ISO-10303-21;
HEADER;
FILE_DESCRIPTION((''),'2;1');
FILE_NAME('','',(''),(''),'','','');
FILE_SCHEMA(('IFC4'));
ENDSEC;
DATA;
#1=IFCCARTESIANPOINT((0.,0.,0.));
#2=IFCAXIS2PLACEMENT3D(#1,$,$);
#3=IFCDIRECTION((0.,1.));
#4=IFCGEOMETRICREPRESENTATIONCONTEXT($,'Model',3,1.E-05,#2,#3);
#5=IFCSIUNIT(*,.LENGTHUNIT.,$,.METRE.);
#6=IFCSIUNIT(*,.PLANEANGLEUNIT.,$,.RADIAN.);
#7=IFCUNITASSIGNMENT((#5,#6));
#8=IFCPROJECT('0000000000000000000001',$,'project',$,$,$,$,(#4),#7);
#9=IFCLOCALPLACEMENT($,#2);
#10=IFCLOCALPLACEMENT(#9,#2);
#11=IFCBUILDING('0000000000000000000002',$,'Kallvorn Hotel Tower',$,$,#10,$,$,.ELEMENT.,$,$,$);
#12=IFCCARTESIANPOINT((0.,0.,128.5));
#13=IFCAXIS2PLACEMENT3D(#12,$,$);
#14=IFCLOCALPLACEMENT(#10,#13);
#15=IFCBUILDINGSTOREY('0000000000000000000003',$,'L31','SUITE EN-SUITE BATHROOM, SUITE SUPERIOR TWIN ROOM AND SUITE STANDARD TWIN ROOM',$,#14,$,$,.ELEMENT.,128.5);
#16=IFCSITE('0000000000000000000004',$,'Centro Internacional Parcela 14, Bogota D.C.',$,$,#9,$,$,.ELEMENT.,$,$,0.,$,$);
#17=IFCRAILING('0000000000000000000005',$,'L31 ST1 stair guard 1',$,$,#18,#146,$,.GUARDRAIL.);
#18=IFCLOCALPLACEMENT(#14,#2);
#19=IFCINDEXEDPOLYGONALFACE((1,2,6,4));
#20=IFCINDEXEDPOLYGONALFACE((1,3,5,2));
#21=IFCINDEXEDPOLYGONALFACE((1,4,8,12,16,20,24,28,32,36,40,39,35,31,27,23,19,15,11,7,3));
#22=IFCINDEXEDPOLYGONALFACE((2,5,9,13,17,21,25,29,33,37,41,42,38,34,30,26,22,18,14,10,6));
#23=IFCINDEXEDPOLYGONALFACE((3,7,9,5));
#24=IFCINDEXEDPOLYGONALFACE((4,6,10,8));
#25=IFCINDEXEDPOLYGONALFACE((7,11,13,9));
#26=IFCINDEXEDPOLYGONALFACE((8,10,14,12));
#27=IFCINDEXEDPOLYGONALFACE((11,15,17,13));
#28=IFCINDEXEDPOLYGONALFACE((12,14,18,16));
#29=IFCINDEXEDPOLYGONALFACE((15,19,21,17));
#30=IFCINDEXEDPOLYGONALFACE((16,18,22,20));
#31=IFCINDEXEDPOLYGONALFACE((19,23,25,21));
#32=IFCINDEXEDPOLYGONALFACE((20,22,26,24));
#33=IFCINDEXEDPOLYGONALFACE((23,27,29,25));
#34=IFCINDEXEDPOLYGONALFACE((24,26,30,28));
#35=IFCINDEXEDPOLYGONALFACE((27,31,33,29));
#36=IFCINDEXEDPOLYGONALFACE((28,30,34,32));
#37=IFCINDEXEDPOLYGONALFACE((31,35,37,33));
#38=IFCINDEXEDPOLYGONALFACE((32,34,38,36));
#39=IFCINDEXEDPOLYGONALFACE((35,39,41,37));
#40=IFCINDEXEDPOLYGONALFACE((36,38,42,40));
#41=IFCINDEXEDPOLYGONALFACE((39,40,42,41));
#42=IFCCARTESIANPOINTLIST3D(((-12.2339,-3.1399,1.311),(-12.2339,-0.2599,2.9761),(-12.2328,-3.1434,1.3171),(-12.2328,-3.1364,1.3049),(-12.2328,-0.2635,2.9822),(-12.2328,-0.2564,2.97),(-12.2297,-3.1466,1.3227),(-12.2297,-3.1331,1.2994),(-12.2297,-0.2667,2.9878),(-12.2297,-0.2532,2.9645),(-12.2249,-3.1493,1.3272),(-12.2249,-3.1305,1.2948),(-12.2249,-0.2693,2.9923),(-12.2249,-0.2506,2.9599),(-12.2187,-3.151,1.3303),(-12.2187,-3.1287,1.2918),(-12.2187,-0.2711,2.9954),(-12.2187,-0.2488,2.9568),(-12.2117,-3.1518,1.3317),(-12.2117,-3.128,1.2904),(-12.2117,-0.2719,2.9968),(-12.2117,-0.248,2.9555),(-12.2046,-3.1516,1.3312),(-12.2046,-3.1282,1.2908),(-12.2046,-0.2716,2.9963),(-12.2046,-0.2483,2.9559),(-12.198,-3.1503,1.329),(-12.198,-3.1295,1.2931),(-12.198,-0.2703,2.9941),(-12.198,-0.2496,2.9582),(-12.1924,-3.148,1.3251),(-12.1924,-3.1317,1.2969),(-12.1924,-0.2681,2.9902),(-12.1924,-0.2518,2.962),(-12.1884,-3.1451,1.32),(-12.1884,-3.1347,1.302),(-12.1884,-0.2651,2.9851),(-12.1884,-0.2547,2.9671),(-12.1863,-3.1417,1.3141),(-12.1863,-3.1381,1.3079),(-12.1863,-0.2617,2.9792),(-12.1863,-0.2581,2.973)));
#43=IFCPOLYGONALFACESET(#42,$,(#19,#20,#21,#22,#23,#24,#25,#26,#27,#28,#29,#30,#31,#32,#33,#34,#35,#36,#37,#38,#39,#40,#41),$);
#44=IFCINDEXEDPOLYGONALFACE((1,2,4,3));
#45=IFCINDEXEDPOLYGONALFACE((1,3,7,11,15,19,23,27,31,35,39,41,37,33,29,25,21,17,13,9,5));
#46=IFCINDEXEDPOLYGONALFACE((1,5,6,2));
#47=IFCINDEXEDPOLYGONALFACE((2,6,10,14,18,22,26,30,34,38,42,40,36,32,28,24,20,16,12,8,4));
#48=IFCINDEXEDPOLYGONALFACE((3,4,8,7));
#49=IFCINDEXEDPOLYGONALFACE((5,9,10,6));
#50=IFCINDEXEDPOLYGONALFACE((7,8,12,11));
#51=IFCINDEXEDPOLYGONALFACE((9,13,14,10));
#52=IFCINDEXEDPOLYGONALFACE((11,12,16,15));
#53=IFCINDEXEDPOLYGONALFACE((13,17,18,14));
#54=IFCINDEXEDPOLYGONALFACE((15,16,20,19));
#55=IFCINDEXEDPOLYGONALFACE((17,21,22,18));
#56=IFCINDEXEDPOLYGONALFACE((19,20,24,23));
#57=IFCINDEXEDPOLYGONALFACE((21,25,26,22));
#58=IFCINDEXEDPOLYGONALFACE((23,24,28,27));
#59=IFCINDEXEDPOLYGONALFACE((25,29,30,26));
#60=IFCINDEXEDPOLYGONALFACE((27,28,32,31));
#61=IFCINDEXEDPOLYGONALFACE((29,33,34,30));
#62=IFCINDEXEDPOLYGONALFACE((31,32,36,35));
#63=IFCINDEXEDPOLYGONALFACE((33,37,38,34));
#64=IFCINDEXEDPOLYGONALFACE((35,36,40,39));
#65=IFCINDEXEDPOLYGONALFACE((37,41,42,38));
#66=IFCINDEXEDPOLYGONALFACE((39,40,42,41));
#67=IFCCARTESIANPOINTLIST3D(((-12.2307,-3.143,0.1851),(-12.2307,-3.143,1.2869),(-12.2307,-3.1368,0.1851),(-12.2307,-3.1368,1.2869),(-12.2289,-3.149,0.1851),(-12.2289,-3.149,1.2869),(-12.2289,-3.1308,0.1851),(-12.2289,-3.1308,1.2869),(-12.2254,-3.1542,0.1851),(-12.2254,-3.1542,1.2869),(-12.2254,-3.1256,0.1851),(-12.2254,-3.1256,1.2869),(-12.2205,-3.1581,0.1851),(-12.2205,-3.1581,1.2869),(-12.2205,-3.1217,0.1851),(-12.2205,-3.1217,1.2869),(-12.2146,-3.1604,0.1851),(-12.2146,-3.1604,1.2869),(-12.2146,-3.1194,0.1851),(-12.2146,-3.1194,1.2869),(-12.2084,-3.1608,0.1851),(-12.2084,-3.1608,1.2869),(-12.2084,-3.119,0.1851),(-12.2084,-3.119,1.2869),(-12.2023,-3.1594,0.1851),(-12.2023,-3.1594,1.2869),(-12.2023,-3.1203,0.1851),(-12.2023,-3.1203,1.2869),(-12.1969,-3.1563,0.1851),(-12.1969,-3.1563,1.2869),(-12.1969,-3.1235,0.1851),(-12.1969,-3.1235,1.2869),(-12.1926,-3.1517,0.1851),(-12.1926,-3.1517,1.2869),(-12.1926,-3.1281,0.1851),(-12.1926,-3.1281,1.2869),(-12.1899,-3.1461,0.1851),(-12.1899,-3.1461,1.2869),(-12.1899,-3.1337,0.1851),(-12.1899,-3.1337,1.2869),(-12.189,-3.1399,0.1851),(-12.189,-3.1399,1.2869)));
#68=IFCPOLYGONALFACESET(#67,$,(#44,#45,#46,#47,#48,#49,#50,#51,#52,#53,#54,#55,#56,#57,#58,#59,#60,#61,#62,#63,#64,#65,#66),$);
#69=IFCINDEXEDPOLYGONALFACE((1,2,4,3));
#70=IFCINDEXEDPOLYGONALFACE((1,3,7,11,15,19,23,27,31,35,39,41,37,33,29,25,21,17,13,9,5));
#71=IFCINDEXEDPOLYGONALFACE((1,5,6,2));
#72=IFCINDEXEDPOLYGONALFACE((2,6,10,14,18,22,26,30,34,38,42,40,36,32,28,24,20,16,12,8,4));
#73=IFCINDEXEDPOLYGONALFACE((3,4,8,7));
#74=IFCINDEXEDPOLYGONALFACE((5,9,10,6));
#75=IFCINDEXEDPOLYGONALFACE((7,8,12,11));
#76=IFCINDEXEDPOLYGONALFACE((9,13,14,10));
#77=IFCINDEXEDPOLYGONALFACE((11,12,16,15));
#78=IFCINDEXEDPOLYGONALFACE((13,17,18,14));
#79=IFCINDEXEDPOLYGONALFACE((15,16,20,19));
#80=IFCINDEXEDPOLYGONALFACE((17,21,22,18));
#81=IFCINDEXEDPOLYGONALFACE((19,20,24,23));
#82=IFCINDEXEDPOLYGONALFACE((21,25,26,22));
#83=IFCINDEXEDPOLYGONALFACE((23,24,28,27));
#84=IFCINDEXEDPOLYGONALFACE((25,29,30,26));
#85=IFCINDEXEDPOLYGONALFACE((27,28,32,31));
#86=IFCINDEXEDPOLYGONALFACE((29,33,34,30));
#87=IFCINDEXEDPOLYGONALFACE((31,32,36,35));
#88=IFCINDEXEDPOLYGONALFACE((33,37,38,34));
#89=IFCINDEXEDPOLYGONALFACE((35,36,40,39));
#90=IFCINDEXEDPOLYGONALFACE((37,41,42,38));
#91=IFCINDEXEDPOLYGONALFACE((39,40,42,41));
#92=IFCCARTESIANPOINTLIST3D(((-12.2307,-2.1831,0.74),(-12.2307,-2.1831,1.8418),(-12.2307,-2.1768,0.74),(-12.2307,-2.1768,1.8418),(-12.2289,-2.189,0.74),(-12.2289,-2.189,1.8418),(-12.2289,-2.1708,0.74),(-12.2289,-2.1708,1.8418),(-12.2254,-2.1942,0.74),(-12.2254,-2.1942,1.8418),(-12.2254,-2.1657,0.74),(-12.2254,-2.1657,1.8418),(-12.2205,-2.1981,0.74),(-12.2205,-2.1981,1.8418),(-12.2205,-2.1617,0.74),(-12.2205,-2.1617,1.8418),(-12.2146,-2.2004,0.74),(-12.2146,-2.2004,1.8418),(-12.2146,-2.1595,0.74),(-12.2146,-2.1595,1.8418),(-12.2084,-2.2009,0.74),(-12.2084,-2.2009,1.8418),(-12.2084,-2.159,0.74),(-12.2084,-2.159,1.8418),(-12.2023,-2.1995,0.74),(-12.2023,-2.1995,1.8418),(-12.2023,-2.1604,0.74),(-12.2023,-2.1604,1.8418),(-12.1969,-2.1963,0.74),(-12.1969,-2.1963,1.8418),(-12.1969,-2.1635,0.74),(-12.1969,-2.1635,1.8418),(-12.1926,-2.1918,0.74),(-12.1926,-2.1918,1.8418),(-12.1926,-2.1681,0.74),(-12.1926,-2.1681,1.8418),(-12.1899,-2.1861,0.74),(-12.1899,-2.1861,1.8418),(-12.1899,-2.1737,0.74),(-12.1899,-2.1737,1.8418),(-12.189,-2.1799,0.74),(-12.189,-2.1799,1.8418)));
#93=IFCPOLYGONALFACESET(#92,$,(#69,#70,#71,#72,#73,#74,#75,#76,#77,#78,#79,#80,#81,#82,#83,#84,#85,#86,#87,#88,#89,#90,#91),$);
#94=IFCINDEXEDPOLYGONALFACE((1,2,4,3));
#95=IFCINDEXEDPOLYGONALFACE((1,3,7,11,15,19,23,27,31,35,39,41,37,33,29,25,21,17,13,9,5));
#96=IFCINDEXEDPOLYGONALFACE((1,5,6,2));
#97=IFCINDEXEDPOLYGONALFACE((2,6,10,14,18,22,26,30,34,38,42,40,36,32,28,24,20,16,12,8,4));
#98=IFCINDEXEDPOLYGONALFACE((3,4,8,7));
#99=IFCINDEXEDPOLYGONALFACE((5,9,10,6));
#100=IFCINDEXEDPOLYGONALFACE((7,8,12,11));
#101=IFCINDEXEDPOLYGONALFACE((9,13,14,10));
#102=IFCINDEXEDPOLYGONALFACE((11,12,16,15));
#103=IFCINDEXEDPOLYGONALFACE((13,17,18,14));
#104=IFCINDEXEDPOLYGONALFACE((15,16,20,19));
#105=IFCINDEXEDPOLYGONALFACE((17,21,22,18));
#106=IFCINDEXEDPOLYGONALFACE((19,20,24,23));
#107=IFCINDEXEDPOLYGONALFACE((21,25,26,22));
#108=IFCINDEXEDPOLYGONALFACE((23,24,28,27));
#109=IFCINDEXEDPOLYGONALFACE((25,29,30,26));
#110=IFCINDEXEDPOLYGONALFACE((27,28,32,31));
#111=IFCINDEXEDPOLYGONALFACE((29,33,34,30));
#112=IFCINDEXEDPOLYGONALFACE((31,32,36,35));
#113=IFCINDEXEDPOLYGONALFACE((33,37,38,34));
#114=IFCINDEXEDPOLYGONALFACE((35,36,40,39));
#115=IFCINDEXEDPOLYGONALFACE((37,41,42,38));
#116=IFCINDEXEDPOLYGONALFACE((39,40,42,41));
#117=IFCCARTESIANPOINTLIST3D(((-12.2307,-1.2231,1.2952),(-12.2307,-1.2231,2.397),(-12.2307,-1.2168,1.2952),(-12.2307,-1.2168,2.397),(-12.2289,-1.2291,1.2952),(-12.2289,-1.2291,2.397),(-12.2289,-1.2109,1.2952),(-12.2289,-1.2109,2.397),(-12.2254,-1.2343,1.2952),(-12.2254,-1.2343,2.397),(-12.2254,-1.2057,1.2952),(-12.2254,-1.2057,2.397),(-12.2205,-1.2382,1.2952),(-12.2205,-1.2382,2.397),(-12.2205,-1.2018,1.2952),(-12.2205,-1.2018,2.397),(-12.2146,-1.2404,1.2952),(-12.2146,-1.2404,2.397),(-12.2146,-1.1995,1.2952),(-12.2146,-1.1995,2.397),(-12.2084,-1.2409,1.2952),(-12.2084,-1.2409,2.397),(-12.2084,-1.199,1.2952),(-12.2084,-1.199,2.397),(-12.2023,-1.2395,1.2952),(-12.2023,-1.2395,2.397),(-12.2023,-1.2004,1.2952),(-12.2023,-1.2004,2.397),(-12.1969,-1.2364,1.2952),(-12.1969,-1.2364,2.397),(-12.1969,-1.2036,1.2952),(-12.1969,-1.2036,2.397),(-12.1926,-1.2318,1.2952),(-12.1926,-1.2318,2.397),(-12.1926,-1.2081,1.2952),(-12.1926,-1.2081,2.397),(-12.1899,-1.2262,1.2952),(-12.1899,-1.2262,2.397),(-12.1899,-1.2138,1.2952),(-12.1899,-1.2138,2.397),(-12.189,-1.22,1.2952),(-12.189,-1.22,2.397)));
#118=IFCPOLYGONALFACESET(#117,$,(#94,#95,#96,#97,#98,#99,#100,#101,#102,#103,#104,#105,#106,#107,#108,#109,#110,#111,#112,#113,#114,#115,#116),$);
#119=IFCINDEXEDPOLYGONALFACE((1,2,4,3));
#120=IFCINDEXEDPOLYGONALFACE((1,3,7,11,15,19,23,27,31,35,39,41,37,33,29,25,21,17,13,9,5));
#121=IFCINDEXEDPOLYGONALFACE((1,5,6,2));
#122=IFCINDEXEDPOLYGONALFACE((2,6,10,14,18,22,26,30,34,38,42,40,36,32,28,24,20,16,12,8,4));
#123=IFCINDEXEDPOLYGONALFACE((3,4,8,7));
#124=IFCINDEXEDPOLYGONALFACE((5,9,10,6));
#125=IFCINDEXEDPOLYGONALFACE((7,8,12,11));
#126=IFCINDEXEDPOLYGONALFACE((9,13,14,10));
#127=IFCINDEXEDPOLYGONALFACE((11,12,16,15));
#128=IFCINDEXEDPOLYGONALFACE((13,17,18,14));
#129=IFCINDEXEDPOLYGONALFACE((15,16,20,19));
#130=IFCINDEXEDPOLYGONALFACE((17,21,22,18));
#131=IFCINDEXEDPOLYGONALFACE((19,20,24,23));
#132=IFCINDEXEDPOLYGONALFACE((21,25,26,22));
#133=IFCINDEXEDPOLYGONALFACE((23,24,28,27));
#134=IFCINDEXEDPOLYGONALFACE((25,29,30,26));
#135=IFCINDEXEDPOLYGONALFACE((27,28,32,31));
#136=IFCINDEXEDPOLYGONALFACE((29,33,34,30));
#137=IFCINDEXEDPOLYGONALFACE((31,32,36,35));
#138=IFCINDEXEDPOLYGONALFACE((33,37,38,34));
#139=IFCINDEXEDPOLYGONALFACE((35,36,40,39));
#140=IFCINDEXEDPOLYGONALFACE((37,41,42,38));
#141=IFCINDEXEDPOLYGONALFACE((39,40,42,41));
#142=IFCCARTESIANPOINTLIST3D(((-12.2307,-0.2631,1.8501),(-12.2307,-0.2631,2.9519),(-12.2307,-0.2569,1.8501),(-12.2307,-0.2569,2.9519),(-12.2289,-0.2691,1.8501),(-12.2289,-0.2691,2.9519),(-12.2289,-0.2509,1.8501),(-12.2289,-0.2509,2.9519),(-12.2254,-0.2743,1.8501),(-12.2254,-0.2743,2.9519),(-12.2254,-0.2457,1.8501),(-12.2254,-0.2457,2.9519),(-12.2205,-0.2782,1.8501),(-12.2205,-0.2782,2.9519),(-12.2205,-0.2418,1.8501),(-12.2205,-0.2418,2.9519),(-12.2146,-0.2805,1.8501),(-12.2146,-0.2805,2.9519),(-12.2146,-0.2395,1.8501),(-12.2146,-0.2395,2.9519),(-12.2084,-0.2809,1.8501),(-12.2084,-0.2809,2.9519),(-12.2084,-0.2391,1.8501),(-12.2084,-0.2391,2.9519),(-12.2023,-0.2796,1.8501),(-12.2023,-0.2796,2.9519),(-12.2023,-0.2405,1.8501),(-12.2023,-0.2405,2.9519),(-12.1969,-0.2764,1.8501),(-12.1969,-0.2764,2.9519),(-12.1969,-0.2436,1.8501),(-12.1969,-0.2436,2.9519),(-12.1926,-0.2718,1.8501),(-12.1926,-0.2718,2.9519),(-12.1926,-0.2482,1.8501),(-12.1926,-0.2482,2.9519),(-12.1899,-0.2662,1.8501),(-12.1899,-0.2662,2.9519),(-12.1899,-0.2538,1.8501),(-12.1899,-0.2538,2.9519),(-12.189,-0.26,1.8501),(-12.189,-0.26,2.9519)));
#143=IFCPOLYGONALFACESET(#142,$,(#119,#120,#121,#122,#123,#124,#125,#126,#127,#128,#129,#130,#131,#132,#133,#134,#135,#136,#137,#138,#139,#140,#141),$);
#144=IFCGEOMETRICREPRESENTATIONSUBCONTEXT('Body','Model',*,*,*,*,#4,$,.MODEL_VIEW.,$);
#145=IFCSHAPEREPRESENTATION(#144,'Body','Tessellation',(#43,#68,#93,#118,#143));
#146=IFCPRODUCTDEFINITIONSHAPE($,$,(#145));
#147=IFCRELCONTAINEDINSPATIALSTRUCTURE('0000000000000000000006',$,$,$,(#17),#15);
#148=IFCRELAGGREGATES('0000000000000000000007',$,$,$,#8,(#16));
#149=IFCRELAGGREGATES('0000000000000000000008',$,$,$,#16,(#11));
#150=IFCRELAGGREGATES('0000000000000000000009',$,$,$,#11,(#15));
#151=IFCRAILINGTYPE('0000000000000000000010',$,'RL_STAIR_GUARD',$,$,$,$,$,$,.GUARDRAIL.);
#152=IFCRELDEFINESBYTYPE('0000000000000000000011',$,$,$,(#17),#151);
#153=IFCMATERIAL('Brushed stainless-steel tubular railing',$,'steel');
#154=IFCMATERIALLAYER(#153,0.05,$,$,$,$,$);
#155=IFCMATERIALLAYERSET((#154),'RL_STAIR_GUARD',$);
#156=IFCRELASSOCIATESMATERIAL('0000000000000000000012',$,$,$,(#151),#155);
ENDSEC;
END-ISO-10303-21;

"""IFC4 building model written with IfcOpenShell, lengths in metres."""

from ifc_helpers import new_model, si_unit, direction, frame, origin, origin_2d, place, context, subcontext, project, spatial, circle, extrude, material, layer, layer_set, type_object, element, save


model = new_model("IFC4")

# Units and contexts
model_context = context("Model", 3, precision=1e-05, world=origin(), true_north=direction((0.0, 1.0)))
body_context = subcontext(model_context, "Body", "Model", "MODEL_VIEW")
ifc_project = project(units=[si_unit("LENGTHUNIT", "METRE"), si_unit("PLANEANGLEUNIT", "RADIAN")], contexts=[model_context])

# Site, building, storey
site_placement = place(None, origin())
site = spatial("IfcSite", under=ifc_project, at=site_placement, Name="Centro Internacional Parcela 14, Bogota D.C.", CompositionType="ELEMENT", RefElevation=0.0)
building_placement = place(site_placement, origin())
building = spatial("IfcBuilding", under=site, at=building_placement, Name="Kallvorn Hotel Tower", CompositionType="ELEMENT")
storey_placement = place(building_placement, frame((0.0, 0.0, 128.5)))
storey = spatial("IfcBuildingStorey", under=building, at=storey_placement, Name="L31", Description="SUITE EN-SUITE BATHROOM, SUITE SUPERIOR TWIN ROOM AND SUITE STANDARD TWIN ROOM", CompositionType="ELEMENT", Elevation=128.5)

# Railing
ifc_material_1 = material(Name="Brushed stainless-steel tubular railing", Category="steel")
ifc_layer_1 = layer(ifc_material_1, 0.05)
ifc_layer_set_1 = layer_set([ifc_layer_1], Name="RL_STAIR_GUARD")
railing_type_1 = type_object("IfcRailingType", Name="RL_STAIR_GUARD", PredefinedType="GUARDRAIL", material=ifc_layer_set_1)
railing_1_placement = place(storey_placement, frame((-12.21, -3.1399, 0.1851)))
element("IfcRailing", 1, at=railing_1_placement, inside=storey, type_object=railing_type_1, Name="L31 ST1 stair guard 1", PredefinedType="GUARDRAIL", context=body_context, shape_type="SweptSolid", body=[
    extrude(circle(Radius=0.0239, at=origin_2d()), frame((0.0, 0.0, 1.126), z_axis=(0.0, 0.865721, 0.500527), x_axis=(-1.0, 0.0, 0.0)), (0.0, 0.0, 1.0), 3.3267),
    extrude(circle(Radius=0.021, at=origin_2d()), origin(), (0.0, 0.0, 1.0), 1.1018),
    extrude(circle(Radius=0.021, at=origin_2d()), frame((0.0, 0.96, 0.5549)), (0.0, 0.0, 1.0), 1.1018),
    extrude(circle(Radius=0.021, at=origin_2d()), frame((0.0, 1.9199, 1.1101)), (0.0, 0.0, 1.0), 1.1018),
    extrude(circle(Radius=0.021, at=origin_2d()), frame((0.0, 2.8799, 1.665)), (0.0, 0.0, 1.0), 1.1018),
])

save(model, "model.ifc")
